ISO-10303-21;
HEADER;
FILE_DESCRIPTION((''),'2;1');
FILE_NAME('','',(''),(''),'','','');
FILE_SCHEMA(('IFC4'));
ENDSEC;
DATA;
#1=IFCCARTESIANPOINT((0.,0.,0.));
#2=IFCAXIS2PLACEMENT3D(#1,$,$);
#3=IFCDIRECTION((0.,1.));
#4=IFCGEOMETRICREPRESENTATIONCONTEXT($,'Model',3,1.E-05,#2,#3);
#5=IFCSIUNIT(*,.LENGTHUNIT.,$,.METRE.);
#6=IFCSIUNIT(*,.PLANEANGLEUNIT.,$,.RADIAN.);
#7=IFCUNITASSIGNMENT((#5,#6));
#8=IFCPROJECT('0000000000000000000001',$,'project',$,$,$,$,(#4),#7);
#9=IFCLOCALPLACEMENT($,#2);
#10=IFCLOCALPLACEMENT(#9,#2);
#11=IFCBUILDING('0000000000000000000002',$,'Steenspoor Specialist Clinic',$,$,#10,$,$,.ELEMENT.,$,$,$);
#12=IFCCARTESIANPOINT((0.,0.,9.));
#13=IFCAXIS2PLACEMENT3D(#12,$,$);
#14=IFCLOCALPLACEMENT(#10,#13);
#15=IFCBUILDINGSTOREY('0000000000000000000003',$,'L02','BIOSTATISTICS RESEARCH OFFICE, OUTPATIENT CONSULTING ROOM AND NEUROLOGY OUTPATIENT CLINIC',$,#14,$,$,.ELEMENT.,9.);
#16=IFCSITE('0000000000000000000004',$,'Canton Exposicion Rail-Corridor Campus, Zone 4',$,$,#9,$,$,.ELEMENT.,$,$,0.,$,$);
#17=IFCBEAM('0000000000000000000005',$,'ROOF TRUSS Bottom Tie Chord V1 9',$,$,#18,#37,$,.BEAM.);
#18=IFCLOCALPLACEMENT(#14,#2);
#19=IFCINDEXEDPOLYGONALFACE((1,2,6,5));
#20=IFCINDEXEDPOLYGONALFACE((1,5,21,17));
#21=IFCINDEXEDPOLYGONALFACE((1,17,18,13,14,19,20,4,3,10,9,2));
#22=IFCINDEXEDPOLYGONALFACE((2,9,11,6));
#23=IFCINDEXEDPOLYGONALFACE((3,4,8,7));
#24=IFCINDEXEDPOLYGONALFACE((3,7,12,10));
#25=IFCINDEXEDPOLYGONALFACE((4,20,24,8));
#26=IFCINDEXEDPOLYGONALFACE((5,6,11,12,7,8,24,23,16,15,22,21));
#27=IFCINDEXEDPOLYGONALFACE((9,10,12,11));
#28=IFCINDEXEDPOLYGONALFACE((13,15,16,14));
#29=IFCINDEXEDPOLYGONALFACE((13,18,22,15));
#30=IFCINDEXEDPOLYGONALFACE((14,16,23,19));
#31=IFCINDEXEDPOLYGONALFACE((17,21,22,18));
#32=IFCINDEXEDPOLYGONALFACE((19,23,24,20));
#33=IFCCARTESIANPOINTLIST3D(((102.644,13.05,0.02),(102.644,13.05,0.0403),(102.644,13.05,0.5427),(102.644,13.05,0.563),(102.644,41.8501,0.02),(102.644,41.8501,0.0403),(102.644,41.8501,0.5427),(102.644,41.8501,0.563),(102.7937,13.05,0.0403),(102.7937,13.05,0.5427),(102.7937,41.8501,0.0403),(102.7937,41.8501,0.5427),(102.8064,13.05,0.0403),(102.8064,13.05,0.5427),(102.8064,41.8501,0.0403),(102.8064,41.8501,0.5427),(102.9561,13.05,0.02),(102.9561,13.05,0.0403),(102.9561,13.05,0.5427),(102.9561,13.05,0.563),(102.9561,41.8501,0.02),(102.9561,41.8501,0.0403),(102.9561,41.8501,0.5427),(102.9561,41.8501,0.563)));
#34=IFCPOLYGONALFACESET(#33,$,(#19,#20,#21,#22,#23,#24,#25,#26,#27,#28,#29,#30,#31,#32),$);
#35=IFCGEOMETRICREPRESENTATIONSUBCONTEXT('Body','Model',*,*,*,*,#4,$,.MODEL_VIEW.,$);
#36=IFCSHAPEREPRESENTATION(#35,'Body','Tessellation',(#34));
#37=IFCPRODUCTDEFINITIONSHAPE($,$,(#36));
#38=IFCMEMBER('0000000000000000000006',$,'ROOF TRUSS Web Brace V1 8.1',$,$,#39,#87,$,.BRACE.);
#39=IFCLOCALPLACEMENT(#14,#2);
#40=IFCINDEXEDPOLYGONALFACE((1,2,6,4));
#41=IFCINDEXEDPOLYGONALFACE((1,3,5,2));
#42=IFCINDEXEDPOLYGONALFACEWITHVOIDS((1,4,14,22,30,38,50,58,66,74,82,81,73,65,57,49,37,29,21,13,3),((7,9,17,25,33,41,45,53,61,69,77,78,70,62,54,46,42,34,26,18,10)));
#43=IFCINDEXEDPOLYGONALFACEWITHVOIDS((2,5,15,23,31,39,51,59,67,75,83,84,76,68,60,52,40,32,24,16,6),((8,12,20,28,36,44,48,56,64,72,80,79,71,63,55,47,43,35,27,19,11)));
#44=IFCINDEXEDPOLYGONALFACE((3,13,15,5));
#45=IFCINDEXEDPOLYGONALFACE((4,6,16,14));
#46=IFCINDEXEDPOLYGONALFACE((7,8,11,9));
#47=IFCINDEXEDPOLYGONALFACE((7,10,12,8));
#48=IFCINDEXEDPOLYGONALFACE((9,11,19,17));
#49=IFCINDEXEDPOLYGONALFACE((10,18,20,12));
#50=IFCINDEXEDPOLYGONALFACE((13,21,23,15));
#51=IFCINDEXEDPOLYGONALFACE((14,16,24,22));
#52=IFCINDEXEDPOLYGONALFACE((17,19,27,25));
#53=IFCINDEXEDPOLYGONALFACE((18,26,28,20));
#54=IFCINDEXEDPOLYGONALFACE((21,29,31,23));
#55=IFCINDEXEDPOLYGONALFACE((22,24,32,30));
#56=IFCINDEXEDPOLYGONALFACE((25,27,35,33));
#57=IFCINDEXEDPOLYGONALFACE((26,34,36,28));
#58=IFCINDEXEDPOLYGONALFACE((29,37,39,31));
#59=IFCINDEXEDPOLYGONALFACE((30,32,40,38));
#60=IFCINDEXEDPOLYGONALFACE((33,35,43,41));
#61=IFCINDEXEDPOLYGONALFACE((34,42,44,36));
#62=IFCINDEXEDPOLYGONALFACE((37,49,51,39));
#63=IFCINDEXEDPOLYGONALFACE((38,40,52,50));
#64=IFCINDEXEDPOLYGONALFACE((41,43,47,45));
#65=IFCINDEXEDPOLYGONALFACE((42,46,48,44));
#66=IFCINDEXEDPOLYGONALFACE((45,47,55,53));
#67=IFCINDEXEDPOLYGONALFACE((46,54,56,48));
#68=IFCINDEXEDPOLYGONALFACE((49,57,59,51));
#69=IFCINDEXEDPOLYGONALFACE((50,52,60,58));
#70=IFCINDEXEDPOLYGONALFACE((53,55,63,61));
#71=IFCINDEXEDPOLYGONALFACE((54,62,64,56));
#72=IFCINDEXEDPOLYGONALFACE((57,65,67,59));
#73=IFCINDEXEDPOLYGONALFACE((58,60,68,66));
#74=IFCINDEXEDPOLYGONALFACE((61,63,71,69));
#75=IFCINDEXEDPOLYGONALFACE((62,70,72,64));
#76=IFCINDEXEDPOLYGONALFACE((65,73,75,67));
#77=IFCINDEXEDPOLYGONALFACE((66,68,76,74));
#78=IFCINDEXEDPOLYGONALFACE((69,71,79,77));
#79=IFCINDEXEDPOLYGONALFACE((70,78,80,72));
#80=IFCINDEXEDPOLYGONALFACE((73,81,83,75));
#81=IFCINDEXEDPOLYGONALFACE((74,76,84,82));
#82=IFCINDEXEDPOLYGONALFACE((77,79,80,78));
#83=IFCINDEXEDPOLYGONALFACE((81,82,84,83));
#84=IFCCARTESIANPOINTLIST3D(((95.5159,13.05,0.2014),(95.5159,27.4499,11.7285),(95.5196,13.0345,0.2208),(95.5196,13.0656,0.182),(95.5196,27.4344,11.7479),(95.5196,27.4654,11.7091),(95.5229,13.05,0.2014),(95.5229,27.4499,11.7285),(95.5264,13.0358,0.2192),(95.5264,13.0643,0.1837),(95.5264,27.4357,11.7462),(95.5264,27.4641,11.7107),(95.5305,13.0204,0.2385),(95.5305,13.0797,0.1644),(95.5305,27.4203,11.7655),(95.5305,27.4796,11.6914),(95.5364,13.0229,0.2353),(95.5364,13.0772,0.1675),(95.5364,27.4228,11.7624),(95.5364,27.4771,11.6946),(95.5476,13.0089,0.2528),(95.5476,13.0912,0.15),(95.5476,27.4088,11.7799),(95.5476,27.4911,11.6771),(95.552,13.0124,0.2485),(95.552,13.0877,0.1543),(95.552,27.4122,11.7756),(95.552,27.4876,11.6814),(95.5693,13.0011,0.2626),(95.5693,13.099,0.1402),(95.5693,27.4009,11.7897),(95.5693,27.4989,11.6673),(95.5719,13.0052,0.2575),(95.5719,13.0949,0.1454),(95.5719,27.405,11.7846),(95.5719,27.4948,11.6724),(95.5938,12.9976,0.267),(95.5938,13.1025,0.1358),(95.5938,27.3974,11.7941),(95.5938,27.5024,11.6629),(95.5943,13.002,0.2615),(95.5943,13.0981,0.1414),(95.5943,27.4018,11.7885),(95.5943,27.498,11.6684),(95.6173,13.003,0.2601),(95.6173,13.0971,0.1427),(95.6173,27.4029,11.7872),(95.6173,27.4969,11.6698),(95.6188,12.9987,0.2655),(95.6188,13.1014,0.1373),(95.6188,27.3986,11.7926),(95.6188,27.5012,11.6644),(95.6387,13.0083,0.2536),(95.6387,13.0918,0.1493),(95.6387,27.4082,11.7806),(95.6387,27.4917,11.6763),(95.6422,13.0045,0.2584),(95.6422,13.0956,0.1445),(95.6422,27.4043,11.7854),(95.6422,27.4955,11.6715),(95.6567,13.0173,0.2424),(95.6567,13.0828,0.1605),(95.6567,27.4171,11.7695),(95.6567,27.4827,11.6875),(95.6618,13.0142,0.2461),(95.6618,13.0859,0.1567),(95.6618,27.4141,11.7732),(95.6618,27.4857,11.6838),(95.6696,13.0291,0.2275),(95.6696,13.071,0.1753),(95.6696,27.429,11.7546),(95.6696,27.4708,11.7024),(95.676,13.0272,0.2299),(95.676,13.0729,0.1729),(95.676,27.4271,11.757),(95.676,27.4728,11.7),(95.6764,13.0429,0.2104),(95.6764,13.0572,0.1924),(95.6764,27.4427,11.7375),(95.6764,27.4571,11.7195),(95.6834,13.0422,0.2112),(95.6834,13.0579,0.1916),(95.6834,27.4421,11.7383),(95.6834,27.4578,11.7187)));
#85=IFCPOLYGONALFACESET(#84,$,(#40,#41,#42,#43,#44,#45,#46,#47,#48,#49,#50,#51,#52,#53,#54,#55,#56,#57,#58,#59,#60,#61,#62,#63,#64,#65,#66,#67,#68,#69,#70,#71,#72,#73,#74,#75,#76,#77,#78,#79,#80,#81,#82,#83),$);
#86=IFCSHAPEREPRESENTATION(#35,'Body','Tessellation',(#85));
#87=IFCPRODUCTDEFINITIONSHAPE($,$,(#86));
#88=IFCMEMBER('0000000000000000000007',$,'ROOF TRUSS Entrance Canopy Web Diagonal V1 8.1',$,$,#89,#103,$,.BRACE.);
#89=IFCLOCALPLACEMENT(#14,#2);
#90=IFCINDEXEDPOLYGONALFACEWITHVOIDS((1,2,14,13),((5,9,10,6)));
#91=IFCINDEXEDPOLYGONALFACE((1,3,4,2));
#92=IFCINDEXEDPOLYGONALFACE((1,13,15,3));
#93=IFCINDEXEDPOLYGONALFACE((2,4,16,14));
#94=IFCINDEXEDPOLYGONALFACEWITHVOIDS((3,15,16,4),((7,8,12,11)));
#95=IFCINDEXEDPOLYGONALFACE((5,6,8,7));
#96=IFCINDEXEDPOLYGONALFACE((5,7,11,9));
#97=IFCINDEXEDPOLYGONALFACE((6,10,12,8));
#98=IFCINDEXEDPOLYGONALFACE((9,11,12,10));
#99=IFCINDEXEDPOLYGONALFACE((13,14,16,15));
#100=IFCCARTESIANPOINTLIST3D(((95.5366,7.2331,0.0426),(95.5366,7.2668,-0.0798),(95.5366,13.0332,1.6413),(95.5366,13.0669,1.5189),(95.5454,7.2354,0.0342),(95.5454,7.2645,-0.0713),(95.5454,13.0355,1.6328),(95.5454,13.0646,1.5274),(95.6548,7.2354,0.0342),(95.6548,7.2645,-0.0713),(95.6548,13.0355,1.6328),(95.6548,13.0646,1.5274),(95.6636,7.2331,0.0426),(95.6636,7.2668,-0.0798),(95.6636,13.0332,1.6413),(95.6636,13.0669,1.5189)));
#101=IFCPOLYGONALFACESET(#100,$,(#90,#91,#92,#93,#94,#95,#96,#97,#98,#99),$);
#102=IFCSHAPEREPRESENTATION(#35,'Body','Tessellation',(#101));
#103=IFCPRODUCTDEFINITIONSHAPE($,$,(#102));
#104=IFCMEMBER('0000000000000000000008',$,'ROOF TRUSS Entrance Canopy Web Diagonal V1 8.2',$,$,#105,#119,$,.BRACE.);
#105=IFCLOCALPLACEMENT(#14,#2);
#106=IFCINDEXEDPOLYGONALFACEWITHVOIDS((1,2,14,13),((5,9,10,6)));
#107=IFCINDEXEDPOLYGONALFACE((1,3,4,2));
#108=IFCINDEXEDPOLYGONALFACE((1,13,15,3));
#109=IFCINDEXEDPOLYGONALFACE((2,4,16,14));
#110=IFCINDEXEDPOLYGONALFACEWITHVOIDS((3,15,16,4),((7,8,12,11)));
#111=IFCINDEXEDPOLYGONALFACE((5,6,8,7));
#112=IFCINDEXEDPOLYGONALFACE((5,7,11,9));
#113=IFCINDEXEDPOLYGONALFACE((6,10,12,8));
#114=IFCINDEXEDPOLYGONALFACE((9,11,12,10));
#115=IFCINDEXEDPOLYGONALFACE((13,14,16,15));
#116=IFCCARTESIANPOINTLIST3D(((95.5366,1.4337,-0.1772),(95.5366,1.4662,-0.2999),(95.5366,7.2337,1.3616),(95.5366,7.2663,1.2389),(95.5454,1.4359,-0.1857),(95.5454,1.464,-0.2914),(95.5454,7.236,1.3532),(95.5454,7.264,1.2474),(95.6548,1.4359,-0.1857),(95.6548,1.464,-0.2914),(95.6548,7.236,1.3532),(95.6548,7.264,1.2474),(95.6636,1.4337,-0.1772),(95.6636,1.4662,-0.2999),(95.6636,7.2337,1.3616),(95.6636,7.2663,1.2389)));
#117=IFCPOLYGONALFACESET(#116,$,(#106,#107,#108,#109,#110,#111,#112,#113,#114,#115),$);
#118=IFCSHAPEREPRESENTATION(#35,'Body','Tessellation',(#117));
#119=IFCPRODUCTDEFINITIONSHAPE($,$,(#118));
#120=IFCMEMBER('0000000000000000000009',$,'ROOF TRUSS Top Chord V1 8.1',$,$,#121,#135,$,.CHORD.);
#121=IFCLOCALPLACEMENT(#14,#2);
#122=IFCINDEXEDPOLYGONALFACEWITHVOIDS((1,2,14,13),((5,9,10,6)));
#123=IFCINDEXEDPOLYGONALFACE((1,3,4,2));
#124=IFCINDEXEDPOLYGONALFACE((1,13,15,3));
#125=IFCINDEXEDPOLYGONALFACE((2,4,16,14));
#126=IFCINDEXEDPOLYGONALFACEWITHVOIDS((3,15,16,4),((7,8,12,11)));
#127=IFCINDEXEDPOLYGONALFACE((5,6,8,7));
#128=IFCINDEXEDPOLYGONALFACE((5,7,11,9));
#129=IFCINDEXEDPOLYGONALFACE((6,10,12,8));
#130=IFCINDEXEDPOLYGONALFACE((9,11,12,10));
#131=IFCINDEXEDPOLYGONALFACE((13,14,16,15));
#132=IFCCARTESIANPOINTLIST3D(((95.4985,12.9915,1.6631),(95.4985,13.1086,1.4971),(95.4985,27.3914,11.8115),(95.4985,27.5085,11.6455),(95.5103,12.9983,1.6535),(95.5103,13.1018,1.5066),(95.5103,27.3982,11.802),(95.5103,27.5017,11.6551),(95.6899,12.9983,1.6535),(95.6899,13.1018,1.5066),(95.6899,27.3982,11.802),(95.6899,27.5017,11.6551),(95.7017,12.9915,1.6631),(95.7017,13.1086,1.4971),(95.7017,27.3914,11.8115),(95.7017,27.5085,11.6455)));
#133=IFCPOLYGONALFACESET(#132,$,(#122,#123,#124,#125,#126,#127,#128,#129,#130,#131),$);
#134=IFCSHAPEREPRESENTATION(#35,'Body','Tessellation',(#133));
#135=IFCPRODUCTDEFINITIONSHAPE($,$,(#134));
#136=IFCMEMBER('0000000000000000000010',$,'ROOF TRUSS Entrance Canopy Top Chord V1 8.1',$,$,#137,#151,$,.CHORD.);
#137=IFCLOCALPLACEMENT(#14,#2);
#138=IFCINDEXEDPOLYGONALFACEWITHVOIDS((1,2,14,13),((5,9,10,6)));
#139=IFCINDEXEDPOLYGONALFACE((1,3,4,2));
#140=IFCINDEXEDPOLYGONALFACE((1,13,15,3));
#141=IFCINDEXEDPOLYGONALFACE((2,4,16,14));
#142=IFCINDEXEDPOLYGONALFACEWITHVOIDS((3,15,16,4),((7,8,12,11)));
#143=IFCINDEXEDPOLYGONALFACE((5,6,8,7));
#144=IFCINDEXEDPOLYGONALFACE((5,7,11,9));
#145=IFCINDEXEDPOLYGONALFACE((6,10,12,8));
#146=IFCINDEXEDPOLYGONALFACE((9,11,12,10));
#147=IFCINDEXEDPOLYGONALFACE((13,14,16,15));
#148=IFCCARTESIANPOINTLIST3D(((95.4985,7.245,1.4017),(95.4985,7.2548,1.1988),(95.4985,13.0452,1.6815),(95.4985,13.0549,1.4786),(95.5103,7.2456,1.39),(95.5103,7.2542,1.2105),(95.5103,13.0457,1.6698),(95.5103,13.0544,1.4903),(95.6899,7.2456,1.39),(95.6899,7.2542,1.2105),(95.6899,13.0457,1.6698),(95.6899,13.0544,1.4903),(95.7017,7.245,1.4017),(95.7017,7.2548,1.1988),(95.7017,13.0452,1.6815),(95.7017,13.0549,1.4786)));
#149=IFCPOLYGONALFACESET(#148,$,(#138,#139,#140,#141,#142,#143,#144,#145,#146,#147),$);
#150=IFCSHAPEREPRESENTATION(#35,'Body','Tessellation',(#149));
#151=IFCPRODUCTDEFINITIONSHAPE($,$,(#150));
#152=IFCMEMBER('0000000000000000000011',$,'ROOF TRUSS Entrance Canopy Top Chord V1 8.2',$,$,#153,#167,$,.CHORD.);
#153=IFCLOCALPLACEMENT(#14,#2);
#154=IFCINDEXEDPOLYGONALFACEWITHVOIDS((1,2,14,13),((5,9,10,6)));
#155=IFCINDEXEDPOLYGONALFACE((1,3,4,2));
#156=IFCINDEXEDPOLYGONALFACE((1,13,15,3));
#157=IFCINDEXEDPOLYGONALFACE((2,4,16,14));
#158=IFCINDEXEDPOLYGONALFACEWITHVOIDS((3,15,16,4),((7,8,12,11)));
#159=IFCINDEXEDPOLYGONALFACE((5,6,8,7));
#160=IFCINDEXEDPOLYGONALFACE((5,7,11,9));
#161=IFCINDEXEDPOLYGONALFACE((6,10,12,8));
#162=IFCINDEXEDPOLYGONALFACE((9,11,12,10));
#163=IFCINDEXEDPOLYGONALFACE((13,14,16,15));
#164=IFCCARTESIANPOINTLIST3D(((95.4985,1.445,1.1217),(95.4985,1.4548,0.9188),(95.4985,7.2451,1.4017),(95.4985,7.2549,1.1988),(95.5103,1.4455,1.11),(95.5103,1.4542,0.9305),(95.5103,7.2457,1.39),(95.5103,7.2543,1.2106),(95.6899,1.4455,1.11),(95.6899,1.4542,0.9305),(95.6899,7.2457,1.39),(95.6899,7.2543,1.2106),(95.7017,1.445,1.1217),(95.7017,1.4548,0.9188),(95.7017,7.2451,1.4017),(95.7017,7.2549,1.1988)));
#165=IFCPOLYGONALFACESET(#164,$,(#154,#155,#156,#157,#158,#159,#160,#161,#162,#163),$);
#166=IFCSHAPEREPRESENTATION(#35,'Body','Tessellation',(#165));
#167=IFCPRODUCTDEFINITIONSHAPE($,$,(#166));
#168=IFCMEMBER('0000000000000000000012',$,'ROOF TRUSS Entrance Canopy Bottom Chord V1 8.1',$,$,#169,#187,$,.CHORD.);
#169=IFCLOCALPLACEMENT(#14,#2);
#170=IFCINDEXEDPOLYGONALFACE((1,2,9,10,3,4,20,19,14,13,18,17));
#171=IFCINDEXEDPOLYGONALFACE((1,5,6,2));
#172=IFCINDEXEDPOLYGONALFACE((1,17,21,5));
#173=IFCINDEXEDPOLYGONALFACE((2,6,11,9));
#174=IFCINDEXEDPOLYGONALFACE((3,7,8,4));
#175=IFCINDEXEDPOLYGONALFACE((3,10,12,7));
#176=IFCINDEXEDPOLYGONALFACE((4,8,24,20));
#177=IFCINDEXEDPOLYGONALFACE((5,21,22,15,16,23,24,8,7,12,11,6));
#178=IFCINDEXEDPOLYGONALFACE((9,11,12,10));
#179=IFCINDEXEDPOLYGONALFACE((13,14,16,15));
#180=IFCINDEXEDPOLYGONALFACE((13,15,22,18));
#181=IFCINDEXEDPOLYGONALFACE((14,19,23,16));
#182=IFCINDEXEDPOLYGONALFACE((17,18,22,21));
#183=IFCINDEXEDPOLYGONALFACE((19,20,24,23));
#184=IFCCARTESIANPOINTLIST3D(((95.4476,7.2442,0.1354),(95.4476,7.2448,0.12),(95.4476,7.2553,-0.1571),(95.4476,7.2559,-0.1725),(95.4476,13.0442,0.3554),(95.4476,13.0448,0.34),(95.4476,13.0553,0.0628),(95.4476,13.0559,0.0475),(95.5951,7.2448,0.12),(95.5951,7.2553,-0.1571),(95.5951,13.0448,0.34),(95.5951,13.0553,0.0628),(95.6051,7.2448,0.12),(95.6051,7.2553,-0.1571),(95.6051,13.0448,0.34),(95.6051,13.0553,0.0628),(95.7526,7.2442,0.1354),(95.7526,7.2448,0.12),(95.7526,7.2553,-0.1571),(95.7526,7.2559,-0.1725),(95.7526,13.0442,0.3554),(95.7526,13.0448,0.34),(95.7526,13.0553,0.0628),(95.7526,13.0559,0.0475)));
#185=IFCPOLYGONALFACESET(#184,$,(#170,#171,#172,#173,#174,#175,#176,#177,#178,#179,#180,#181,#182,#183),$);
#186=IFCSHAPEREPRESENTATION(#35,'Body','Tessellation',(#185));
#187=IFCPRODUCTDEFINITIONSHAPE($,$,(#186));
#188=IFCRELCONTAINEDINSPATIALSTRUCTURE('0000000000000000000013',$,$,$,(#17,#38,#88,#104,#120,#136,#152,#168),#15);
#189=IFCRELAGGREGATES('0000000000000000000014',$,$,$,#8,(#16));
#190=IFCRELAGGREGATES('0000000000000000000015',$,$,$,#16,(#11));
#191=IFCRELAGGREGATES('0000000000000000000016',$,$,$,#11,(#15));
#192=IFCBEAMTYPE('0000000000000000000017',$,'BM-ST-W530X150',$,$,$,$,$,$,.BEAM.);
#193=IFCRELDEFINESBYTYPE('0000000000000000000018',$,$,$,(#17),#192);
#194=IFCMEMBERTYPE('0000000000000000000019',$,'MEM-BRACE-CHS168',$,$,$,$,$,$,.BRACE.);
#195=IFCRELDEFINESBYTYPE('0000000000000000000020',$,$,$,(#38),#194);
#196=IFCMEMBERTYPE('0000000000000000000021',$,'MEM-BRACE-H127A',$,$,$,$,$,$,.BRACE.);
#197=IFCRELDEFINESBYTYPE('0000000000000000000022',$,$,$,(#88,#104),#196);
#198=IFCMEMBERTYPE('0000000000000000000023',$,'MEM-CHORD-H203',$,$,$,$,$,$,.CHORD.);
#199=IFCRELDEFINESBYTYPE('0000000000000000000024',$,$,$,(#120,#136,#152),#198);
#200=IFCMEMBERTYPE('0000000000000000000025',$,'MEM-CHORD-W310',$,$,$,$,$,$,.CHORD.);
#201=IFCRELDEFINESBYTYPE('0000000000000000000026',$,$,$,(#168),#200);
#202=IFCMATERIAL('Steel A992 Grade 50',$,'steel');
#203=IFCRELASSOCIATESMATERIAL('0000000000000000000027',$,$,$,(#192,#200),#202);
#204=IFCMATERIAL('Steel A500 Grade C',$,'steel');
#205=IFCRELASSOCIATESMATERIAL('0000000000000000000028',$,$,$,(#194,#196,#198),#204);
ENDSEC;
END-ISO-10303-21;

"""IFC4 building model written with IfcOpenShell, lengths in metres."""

from ifc_helpers import new_model, si_unit, direction, frame, origin, origin_2d, place, context, subcontext, project, spatial, hollow_rectangle, hollow_circle, i_section, extrude, material, material_profile, profile_set, type_object, element, save


model = new_model("IFC4")

# Units and contexts
model_context = context("Model", 3, precision=1e-05, world=origin(), true_north=direction((0.0, 1.0)))
body_context = subcontext(model_context, "Body", "Model", "MODEL_VIEW")
ifc_project = project(units=[si_unit("LENGTHUNIT", "METRE"), si_unit("PLANEANGLEUNIT", "RADIAN")], contexts=[model_context])

# Site, building, storey
site_placement = place(None, origin())
site = spatial("IfcSite", under=ifc_project, at=site_placement, Name="Canton Exposicion Rail-Corridor Campus, Zone 4", CompositionType="ELEMENT", RefElevation=0.0)
building_placement = place(site_placement, origin())
building = spatial("IfcBuilding", under=site, at=building_placement, Name="Steenspoor Specialist Clinic", CompositionType="ELEMENT")
storey_placement = place(building_placement, frame((0.0, 0.0, 9.0)))
storey = spatial("IfcBuildingStorey", under=building, at=storey_placement, Name="L02", Description="BIOSTATISTICS RESEARCH OFFICE, OUTPATIENT CONSULTING ROOM AND NEUROLOGY OUTPATIENT CLINIC", CompositionType="ELEMENT", Elevation=9.0)

# Beam
ifc_material_1 = material(Name="Steel A992 Grade 50", Category="steel")
ifc_material_profile_1 = material_profile(ifc_material_1, i_section(OverallWidth=0.312, OverallDepth=0.543, WebThickness=0.0127, FlangeThickness=0.0203, at=origin_2d()), Name="W530X150")
ifc_profile_set_1 = profile_set([ifc_material_profile_1], Name="Steel A992 Grade 50")
beam_type = type_object("IfcBeamType", Name="BM-ST-W530X150", PredefinedType="BEAM", material=ifc_profile_set_1)
beam_placement = place(storey_placement, frame((102.8, 13.05, 0.2915), z_axis=(0.0, 1.0, 0.0), x_axis=(-1.0, 0.0, 0.0)))
element("IfcBeam", 1, at=beam_placement, inside=storey, type_object=beam_type, Name="ROOF TRUSS Bottom Tie Chord V1 9", PredefinedType="BEAM", context=body_context, shape_type="SweptSolid", body=[
    extrude(i_section(OverallWidth=0.312, OverallDepth=0.543, WebThickness=0.0127, FlangeThickness=0.0203, at=origin_2d()), origin(), (0.0, 0.0, 1.0), 28.8),
])

# Members
ifc_material_2 = material(Name="Steel A500 Grade C", Category="steel")
ifc_material_profile_2 = material_profile(ifc_material_2, hollow_circle(Radius=0.0842, WallThickness=0.0071, at=origin_2d()), Name="CHS168X7.1")
ifc_profile_set_2 = profile_set([ifc_material_profile_2], Name="Steel A500 Grade C")
member_type_1 = type_object("IfcMemberType", Name="MEM-BRACE-CHS168", PredefinedType="BRACE", material=ifc_profile_set_2)
member_1_placement = place(storey_placement, frame((95.6001, 13.05, 0.2014), z_axis=(0.0, 0.780679, 0.624932), x_axis=(-1.0, 0.0, 0.0)))
element("IfcMember", 2, at=member_1_placement, inside=storey, type_object=member_type_1, Name="ROOF TRUSS Web Brace V1 8.1", PredefinedType="BRACE", context=body_context, shape_type="SweptSolid", body=[
    extrude(hollow_circle(Radius=0.0842, WallThickness=0.0071, at=origin_2d()), origin(), (0.0, 0.0, 1.0), 18.4453),
])
ifc_material_profile_3 = material_profile(ifc_material_2, hollow_rectangle(XDim=0.127, YDim=0.127, WallThickness=0.0088, at=origin_2d()), Name="HSS127X127X9.5")
ifc_profile_set_3 = profile_set([ifc_material_profile_3], Name="Steel A500 Grade C")
member_type_2 = type_object("IfcMemberType", Name="MEM-BRACE-H127A", PredefinedType="BRACE", material=ifc_profile_set_3)
member_2_placement = place(storey_placement, frame((95.6001, 13.05, 1.5801), z_axis=(0.0, -0.964051, -0.265716), x_axis=(1.0, 0.0, 0.0)))
element("IfcMember", 3, at=member_2_placement, inside=storey, type_object=member_type_2, Name="ROOF TRUSS Entrance Canopy Web Diagonal V1 8.1", PredefinedType="BRACE", context=body_context, shape_type="SweptSolid", body=[
    extrude(hollow_rectangle(XDim=0.127, YDim=0.127, WallThickness=0.0088, at=origin_2d()), origin(), (0.0, 0.0, 1.0), 6.0164),
])
member_3_placement = place(storey_placement, frame((95.6001, 7.25, 1.3003), z_axis=(0.0, -0.96656, -0.256439), x_axis=(1.0, 0.0, 0.0)))
element("IfcMember", 4, at=member_3_placement, inside=storey, type_object=member_type_2, Name="ROOF TRUSS Entrance Canopy Web Diagonal V1 8.2", PredefinedType="BRACE", context=body_context, shape_type="SweptSolid", body=[
    extrude(hollow_rectangle(XDim=0.127, YDim=0.127, WallThickness=0.0088, at=origin_2d()), origin(), (0.0, 0.0, 1.0), 6.0007),
])
ifc_material_profile_4 = material_profile(ifc_material_2, hollow_rectangle(XDim=0.2031, YDim=0.2031, WallThickness=0.0117, at=origin_2d()), Name="HSS203X203X12.7")
ifc_profile_set_4 = profile_set([ifc_material_profile_4], Name="Steel A500 Grade C")
member_type_3 = type_object("IfcMemberType", Name="MEM-CHORD-H203", PredefinedType="CHORD", material=ifc_profile_set_4)
member_4_placement = place(storey_placement, frame((95.6001, 13.05, 1.5801), z_axis=(0.0, 0.817401, 0.576069), x_axis=(-1.0, 0.0, 0.0)))
element("IfcMember", 5, at=member_4_placement, inside=storey, type_object=member_type_3, Name="ROOF TRUSS Top Chord V1 8.1", PredefinedType="CHORD", context=body_context, shape_type="SweptSolid", body=[
    extrude(hollow_rectangle(XDim=0.2031, YDim=0.2031, WallThickness=0.0117, at=origin_2d()), origin(), (0.0, 0.0, 1.0), 17.6167),
])
for number, where, z_axis, x_axis, name in (
    (6, (95.6001, 13.05, 1.5801), (0.0, -0.998839, -0.048182), (1.0, 0.0, 0.0), "ROOF TRUSS Entrance Canopy Top Chord V1 8.1"),
    (7, (95.6001, 7.25, 1.3003), (0.0, -0.998837, -0.048224), (1.0, 0.0, 0.0), "ROOF TRUSS Entrance Canopy Top Chord V1 8.2"),
):
    element("IfcMember", number, at=place(storey_placement, frame(where, z_axis=z_axis, x_axis=x_axis)), inside=storey, type_object=member_type_3, Name=name, PredefinedType="CHORD", context=body_context, shape_type="SweptSolid", body=[
        extrude(hollow_rectangle(XDim=0.2031, YDim=0.2031, WallThickness=0.0117, at=origin_2d()), origin(), (0.0, 0.0, 1.0), 5.8069),
    ])
ifc_material_profile_5 = material_profile(ifc_material_1, i_section(OverallWidth=0.3049, OverallDepth=0.3081, WebThickness=0.01, FlangeThickness=0.0154, at=origin_2d()), Name="W310X97")
ifc_profile_set_5 = profile_set([ifc_material_profile_5], Name="Steel A992 Grade 50")
member_type_4 = type_object("IfcMemberType", Name="MEM-CHORD-W310", PredefinedType="CHORD", material=ifc_profile_set_5)
for number, where, z_axis, x_axis, name in (
    (8, (95.6001, 13.05, 0.2014), (0.0, -0.999282, -0.037898), (1.0, 0.0, 0.0), "ROOF TRUSS Entrance Canopy Bottom Chord V1 8.1"),
):
    element("IfcMember", number, at=place(storey_placement, frame(where, z_axis=z_axis, x_axis=x_axis)), inside=storey, type_object=member_type_4, Name=name, PredefinedType="CHORD", context=body_context, shape_type="SweptSolid", body=[
        extrude(i_section(OverallWidth=0.3049, OverallDepth=0.3081, WebThickness=0.01, FlangeThickness=0.0154, at=origin_2d()), origin(), (0.0, 0.0, 1.0), 5.8042),
    ])

save(model, "model.ifc")
